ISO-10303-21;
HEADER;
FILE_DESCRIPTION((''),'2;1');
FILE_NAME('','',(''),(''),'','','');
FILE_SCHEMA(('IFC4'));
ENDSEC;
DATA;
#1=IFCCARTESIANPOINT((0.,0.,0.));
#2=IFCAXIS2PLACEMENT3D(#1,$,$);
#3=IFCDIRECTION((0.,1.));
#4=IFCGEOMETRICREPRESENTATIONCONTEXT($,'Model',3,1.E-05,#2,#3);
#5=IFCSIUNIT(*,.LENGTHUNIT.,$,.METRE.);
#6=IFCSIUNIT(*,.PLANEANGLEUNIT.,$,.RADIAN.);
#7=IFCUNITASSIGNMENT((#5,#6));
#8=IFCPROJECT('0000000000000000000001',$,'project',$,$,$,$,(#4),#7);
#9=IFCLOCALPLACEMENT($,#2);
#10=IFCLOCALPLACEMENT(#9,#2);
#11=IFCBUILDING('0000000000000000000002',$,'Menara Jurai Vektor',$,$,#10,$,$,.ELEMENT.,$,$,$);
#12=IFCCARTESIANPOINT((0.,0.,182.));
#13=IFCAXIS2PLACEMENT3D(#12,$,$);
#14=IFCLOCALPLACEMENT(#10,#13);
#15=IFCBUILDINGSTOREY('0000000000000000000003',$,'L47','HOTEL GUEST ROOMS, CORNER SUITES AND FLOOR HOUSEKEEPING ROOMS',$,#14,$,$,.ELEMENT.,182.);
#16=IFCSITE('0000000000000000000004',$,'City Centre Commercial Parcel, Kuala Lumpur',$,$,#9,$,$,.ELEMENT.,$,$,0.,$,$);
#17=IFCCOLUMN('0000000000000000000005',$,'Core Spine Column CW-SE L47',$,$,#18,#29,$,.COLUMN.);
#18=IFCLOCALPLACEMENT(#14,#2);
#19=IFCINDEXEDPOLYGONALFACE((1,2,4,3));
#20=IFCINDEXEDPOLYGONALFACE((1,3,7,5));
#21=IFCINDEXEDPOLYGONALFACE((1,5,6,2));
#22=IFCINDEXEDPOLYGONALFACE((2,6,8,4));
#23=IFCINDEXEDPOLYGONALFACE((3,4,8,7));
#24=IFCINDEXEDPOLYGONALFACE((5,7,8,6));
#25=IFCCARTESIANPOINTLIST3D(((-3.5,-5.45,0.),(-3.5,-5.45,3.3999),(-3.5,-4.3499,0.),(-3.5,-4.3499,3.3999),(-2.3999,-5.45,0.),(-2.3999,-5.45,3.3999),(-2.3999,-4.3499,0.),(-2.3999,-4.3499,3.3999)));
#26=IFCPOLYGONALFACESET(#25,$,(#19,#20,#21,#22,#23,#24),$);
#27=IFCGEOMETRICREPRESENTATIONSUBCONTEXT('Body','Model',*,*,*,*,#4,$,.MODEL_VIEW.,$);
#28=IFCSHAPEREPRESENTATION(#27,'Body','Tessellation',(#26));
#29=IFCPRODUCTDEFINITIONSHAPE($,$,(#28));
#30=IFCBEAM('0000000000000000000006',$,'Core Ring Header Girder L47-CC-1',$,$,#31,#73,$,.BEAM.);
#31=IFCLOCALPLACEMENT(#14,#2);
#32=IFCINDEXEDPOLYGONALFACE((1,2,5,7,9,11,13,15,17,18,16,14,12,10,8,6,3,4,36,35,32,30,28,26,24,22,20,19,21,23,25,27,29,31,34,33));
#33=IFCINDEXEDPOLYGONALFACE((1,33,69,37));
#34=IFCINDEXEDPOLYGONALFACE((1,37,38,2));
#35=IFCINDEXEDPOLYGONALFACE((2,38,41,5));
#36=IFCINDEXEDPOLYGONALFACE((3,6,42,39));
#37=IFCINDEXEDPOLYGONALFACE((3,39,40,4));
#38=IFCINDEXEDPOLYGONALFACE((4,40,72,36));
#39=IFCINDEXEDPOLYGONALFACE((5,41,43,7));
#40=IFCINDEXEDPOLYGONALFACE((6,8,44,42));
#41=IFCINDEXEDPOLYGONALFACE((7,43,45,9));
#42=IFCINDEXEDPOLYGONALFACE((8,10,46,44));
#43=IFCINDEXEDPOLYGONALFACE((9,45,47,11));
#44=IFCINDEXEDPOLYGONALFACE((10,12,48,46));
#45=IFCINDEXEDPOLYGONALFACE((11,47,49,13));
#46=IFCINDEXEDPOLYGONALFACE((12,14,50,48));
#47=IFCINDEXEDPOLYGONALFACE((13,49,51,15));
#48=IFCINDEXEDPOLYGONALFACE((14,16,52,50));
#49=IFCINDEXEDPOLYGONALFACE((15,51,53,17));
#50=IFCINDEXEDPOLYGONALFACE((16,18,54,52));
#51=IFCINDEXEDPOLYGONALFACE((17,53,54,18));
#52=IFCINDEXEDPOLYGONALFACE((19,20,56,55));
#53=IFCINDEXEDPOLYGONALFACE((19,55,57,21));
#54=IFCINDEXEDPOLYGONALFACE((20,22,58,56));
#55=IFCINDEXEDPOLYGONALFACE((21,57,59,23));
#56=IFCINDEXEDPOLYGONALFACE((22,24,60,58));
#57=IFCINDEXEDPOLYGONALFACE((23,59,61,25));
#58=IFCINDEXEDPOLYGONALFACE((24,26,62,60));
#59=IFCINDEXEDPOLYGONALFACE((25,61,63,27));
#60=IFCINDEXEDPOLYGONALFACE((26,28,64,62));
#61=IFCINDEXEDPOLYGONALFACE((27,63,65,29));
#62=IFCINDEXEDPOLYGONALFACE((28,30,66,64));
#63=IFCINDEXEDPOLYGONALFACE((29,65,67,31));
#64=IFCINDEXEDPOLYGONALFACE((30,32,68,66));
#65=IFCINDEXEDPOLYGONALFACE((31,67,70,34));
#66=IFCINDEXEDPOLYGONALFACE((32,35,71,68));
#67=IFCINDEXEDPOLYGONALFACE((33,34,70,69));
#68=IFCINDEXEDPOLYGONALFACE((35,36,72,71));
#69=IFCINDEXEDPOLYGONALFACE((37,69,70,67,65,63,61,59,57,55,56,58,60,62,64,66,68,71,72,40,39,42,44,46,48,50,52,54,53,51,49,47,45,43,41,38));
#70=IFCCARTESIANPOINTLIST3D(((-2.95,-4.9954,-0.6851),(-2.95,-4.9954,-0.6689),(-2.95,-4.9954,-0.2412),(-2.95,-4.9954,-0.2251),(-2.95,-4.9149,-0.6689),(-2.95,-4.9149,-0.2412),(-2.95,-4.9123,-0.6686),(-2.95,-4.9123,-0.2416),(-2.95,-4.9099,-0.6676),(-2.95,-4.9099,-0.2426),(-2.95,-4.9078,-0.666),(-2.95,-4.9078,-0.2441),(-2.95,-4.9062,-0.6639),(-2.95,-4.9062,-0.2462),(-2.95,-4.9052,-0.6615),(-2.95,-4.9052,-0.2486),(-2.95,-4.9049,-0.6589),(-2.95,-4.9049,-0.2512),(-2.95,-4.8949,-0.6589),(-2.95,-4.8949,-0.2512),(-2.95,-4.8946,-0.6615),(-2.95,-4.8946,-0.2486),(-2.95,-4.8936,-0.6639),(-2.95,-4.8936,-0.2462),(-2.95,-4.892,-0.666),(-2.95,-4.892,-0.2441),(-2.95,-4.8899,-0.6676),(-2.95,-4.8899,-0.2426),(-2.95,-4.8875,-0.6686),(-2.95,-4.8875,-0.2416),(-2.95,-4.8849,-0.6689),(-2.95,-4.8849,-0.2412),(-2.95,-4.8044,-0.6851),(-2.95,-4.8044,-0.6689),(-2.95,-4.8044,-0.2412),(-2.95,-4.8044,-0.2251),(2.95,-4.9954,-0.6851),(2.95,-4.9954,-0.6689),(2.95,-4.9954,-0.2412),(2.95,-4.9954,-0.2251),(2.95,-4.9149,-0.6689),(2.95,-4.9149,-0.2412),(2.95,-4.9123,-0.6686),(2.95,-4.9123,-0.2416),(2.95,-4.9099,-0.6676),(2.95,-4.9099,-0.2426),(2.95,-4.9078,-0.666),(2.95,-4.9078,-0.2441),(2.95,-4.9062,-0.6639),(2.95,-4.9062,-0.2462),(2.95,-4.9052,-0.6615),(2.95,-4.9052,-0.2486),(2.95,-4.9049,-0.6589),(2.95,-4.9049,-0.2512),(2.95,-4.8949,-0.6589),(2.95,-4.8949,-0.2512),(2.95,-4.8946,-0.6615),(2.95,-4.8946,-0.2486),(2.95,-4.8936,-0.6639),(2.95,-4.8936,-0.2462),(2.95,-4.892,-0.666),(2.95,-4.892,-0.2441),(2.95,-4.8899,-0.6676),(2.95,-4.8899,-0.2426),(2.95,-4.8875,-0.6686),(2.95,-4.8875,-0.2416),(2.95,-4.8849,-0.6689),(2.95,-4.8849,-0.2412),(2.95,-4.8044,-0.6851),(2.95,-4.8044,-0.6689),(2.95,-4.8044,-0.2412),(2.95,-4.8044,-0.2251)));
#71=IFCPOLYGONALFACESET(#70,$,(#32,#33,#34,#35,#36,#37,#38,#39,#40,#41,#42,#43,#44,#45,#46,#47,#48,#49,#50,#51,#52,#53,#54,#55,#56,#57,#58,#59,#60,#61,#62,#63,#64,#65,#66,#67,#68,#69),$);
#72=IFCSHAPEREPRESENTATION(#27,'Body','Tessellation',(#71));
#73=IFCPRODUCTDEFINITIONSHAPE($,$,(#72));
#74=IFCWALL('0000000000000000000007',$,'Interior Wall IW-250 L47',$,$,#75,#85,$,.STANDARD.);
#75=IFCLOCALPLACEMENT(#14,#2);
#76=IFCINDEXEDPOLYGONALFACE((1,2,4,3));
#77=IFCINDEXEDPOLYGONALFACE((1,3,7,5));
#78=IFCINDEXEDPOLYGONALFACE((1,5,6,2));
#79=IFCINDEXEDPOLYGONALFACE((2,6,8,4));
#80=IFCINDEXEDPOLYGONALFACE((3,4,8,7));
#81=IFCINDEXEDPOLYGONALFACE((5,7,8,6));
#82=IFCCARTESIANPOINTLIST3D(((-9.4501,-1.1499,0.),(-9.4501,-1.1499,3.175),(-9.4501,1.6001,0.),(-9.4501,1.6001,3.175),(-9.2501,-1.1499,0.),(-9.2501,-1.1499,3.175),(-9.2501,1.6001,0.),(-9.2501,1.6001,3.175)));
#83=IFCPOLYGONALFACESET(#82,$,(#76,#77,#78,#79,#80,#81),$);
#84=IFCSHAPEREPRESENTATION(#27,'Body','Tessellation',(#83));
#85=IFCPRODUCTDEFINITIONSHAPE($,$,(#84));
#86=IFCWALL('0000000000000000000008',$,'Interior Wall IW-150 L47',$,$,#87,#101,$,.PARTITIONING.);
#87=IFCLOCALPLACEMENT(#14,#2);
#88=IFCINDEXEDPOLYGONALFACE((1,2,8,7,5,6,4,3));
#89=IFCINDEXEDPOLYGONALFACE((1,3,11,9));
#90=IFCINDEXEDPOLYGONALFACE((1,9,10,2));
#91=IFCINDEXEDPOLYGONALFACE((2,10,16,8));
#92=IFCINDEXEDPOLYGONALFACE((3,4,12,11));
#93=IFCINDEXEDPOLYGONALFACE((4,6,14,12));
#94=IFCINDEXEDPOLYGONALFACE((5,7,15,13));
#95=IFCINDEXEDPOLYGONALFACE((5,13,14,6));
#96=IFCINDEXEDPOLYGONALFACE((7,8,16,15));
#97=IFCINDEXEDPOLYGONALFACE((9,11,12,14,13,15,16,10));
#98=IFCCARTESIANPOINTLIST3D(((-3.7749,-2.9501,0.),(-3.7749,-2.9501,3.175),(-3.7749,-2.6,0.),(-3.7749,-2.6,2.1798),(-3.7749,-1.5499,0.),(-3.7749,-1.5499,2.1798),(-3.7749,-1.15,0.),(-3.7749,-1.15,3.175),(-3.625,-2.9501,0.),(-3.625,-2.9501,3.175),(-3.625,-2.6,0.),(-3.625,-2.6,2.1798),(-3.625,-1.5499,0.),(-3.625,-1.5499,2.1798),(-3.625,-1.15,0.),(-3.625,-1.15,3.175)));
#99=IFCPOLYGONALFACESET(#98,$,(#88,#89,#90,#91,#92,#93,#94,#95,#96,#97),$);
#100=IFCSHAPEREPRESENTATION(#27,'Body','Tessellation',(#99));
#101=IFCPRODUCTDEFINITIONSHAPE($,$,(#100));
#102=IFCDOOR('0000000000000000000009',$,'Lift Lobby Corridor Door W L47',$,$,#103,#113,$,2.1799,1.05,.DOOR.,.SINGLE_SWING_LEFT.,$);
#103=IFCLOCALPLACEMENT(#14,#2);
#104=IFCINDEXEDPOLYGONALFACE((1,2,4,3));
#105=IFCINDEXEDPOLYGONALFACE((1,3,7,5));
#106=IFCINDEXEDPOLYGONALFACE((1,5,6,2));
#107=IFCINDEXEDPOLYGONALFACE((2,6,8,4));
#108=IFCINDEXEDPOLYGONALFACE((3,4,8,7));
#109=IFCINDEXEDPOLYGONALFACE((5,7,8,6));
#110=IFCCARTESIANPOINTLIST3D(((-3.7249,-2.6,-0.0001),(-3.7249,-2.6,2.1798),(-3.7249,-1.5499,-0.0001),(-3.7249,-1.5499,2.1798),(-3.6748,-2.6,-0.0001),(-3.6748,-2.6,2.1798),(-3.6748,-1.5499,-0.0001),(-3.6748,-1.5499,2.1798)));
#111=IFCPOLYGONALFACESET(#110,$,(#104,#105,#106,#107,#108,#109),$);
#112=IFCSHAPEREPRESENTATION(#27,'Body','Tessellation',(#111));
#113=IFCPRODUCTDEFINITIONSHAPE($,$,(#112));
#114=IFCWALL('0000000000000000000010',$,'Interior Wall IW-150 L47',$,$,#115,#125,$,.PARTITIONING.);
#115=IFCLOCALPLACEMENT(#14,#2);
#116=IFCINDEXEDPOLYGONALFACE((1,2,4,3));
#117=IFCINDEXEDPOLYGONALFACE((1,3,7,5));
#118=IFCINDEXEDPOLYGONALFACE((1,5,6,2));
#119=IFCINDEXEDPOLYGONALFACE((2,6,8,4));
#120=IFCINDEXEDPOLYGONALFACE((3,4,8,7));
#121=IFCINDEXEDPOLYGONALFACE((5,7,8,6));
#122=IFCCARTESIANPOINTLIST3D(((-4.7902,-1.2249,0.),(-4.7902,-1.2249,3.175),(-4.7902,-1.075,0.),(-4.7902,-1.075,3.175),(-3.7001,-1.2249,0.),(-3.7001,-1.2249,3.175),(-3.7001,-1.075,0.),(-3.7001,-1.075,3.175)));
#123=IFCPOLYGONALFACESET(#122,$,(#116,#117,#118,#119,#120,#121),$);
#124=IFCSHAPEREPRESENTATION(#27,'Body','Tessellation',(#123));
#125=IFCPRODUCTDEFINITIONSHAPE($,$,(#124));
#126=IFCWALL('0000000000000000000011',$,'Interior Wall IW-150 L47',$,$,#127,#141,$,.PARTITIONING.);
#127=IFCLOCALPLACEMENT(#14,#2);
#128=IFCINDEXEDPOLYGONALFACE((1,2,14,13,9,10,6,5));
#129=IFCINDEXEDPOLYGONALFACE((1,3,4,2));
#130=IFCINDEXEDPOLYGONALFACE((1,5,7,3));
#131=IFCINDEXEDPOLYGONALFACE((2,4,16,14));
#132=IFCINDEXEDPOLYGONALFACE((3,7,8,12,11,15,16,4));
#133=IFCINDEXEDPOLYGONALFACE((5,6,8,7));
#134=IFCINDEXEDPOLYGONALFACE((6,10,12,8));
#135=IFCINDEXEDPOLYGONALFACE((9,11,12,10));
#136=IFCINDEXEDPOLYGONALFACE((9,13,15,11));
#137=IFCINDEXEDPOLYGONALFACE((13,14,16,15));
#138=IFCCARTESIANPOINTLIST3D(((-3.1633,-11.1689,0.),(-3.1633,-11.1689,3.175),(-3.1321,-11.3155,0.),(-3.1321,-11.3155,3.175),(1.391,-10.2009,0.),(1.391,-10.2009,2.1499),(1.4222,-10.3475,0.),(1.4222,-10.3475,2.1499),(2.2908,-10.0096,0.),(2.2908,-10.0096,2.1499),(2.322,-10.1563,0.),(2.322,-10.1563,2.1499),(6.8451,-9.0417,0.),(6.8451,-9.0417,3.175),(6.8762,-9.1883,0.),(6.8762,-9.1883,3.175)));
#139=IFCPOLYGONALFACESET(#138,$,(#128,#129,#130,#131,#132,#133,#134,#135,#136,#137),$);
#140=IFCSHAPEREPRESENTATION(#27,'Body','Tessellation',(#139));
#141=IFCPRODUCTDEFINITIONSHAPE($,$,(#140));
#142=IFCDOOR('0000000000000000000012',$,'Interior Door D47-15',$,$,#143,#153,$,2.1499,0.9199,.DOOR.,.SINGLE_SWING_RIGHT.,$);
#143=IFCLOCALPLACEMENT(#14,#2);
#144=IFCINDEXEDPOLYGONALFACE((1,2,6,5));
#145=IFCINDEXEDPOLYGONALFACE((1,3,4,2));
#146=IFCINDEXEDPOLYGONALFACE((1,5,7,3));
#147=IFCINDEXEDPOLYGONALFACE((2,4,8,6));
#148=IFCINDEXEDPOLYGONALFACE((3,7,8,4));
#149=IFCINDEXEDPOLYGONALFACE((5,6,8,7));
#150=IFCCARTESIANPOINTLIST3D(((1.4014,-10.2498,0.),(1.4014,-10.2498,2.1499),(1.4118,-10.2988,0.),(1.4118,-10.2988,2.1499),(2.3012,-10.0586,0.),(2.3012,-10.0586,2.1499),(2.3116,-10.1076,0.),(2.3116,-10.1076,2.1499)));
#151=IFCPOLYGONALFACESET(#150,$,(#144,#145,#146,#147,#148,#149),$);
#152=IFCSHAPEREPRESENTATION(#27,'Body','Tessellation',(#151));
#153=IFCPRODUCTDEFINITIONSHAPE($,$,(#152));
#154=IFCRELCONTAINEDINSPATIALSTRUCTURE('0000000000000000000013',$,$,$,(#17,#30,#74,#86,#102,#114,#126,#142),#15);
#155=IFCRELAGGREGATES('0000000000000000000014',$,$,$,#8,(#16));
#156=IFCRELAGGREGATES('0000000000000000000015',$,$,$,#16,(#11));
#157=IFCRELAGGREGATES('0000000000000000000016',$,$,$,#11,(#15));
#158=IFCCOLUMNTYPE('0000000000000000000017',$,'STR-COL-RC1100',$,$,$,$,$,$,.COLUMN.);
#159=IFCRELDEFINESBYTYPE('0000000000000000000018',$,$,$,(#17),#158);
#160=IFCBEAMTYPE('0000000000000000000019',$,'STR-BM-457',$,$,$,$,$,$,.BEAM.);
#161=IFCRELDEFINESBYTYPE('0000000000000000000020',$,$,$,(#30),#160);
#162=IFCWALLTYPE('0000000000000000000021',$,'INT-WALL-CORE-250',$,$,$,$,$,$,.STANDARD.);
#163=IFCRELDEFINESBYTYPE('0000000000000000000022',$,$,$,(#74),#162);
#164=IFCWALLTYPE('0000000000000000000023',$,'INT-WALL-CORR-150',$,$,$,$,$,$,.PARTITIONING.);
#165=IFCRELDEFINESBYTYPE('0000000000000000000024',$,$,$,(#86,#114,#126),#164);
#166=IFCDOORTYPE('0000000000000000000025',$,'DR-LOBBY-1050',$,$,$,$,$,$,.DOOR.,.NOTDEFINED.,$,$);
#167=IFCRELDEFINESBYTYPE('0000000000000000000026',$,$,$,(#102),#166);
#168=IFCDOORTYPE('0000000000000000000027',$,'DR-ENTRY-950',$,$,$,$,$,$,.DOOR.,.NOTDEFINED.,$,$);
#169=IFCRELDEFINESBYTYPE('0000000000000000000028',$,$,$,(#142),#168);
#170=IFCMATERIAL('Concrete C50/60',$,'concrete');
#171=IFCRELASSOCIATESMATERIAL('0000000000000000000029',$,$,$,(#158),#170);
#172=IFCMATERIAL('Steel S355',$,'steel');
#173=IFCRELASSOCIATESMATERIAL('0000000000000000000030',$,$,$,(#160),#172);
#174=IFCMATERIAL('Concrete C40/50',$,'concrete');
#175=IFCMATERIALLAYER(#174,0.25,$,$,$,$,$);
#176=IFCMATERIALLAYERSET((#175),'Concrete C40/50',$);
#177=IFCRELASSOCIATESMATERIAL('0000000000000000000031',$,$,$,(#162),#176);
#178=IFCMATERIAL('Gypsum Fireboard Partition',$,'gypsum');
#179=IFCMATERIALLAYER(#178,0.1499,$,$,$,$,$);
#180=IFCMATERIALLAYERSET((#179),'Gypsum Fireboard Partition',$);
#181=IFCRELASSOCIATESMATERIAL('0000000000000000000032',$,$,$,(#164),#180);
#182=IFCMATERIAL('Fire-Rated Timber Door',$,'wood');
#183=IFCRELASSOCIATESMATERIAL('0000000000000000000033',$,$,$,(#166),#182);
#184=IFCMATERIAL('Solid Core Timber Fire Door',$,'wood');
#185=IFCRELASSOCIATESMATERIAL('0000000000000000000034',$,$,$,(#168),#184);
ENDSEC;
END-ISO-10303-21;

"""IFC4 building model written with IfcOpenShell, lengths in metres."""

from ifc_helpers import new_model, si_unit, direction, frame, frame_2d, origin, origin_2d, place, context, subcontext, project, spatial, rectangle, i_section, extrude, material, layer, layer_set, material_profile, profile_set, type_object, element, fill, save


model = new_model("IFC4")

# Units and contexts
model_context = context("Model", 3, precision=1e-05, world=origin(), true_north=direction((0.0, 1.0)))
body_context = subcontext(model_context, "Body", "Model", "MODEL_VIEW")
ifc_project = project(units=[si_unit("LENGTHUNIT", "METRE"), si_unit("PLANEANGLEUNIT", "RADIAN")], contexts=[model_context])

# Site, building, storey
site_placement = place(None, origin())
site = spatial("IfcSite", under=ifc_project, at=site_placement, Name="City Centre Commercial Parcel, Kuala Lumpur", CompositionType="ELEMENT", RefElevation=0.0)
building_placement = place(site_placement, origin())
building = spatial("IfcBuilding", under=site, at=building_placement, Name="Menara Jurai Vektor", CompositionType="ELEMENT")
storey_placement = place(building_placement, frame((0.0, 0.0, 182.0)))
storey = spatial("IfcBuildingStorey", under=building, at=storey_placement, Name="L47", Description="HOTEL GUEST ROOMS, CORNER SUITES AND FLOOR HOUSEKEEPING ROOMS", CompositionType="ELEMENT", Elevation=182.0)

# Column
ifc_material_1 = material(Name="Concrete C50/60", Category="concrete")
ifc_material_profile_1 = material_profile(ifc_material_1, rectangle(XDim=1.1001, YDim=1.1001, at=origin_2d()), Name="RC 1100x1100")
ifc_profile_set_1 = profile_set([ifc_material_profile_1], Name="Concrete C50/60")
column_type = type_object("IfcColumnType", Name="STR-COL-RC1100", PredefinedType="COLUMN", material=ifc_profile_set_1)
column_placement = place(storey_placement, frame((-2.95, -4.8999, 0.0), z_axis=(0.0, 0.0, 1.0), x_axis=(1.0, 0.0, 0.0)))
element("IfcColumn", 1, at=column_placement, inside=storey, type_object=column_type, Name="Core Spine Column CW-SE L47", PredefinedType="COLUMN", context=body_context, shape_type="SweptSolid", body=[
    extrude(rectangle(XDim=1.1001, YDim=1.1001, at=origin_2d()), origin(), (0.0, 0.0, 1.0), 3.3999),
])

# Beam
ifc_material_2 = material(Name="Steel S355", Category="steel")
ifc_material_profile_2 = material_profile(ifc_material_2, i_section(OverallWidth=0.1909, OverallDepth=0.46, WebThickness=0.01, FlangeThickness=0.0161, FilletRadius=0.01, at=origin_2d()), Name="UKB 457x191x82")
ifc_profile_set_2 = profile_set([ifc_material_profile_2], Name="Steel S355")
beam_type = type_object("IfcBeamType", Name="STR-BM-457", PredefinedType="BEAM", material=ifc_profile_set_2)
beam_placement = place(storey_placement, frame((-2.95, -4.8999, -0.4551), z_axis=(1.0, 0.0, 0.0), x_axis=(0.0, 1.0, 0.0)))
element("IfcBeam", 2, at=beam_placement, inside=storey, type_object=beam_type, Name="Core Ring Header Girder L47-CC-1", PredefinedType="BEAM", context=body_context, shape_type="SweptSolid", body=[
    extrude(i_section(OverallWidth=0.1909, OverallDepth=0.46, WebThickness=0.01, FlangeThickness=0.0161, FilletRadius=0.01, at=origin_2d()), origin(), (0.0, 0.0, 1.0), 5.8999),
])

# Wall
ifc_material_3 = material(Name="Concrete C40/50", Category="concrete")
ifc_layer_1 = layer(ifc_material_3, 0.25)
ifc_layer_set_1 = layer_set([ifc_layer_1], Name="Concrete C40/50")
wall_type_1 = type_object("IfcWallType", Name="INT-WALL-CORE-250", PredefinedType="STANDARD", material=ifc_layer_set_1)
wall_1_placement = place(storey_placement, frame((-9.3501, -1.1499, 0.0), z_axis=(0.0, 0.0, 1.0), x_axis=(0.0, 1.0, 0.0)))
element("IfcWall", 3, at=wall_1_placement, inside=storey, type_object=wall_type_1, Name="Interior Wall IW-250 L47", PredefinedType="STANDARD", context=body_context, shape_type="SweptSolid", body=[
    extrude(rectangle(XDim=2.75, YDim=0.2, at=frame_2d((1.375, 0.0))), origin(), (0.0, 0.0, 1.0), 3.175),
])

# Wall, opening, door
ifc_material_4 = material(Name="Gypsum Fireboard Partition", Category="gypsum")
ifc_layer_2 = layer(ifc_material_4, 0.1499)
ifc_layer_set_2 = layer_set([ifc_layer_2], Name="Gypsum Fireboard Partition")
wall_type_2 = type_object("IfcWallType", Name="INT-WALL-CORR-150", PredefinedType="PARTITIONING", material=ifc_layer_set_2)
wall_2_placement = place(storey_placement, frame((-3.7, -2.95, 0.0), z_axis=(0.0, 0.0, 1.0), x_axis=(0.0, 1.0, 0.0)))
wall_2 = element("IfcWall", 4, at=wall_2_placement, inside=storey, type_object=wall_type_2, Name="Interior Wall IW-150 L47", PredefinedType="PARTITIONING", context=body_context, shape_type="SweptSolid", body=[
    extrude(rectangle(XDim=1.8, YDim=0.1499, at=frame_2d((0.8999, 0.0))), origin(), (0.0, 0.0, 1.0), 3.175),
])
opening_1_placement = place(wall_2_placement, frame((0.3501, 0.0, 0.0)))
opening_1 = element("IfcOpeningElement", 5, at=opening_1_placement, cuts=wall_2, PredefinedType="OPENING", context=body_context, shape_type="SweptSolid", body=[
    extrude(rectangle(XDim=1.05, YDim=2.1799, at=frame_2d((0.5249, 1.0898))), frame((0.0, 0.085, 0.0), z_axis=(0.0, -1.0, 0.0), x_axis=(1.0, 0.0, 0.0)), (0.0, 0.0, 1.0), 0.1699),
])
ifc_material_5 = material(Name="Fire-Rated Timber Door", Category="wood")
door_type_1 = type_object("IfcDoorType", Name="DR-LOBBY-1050", OperationType="NOTDEFINED", PredefinedType="DOOR", material=ifc_material_5)
door_1_placement = place(opening_1_placement, origin())
door_1 = element("IfcDoor", 6, at=door_1_placement, inside=storey, type_object=door_type_1, Name="Lift Lobby Corridor Door W L47", OperationType="SINGLE_SWING_LEFT", OverallHeight=2.1799, OverallWidth=1.05, PredefinedType="DOOR", context=body_context, shape_type="SweptSolid", body=[
    extrude(rectangle(XDim=1.05, YDim=2.1799, at=frame_2d((0.5249, 1.0898))), frame((0.0, 0.0249, 0.0), z_axis=(0.0, -1.0, 0.0), x_axis=(1.0, 0.0, 0.0)), (0.0, 0.0, 1.0), 0.05),
])
fill(opening_1, door_1)

# Wall
wall_3_placement = place(storey_placement, frame((-4.79, -1.1499, 0.0), z_axis=(0.0, 0.0, 1.0), x_axis=(1.0, 0.0, 0.0)))
element("IfcWall", 7, at=wall_3_placement, inside=storey, type_object=wall_type_2, Name="Interior Wall IW-150 L47", PredefinedType="PARTITIONING", context=body_context, shape_type="SweptSolid", body=[
    extrude(rectangle(XDim=1.0901, YDim=0.1499, at=frame_2d((0.5449, 0.0))), origin(), (0.0, 0.0, 1.0), 3.175),
])

# Wall, opening, door
wall_4_placement = place(storey_placement, frame((-3.1477, -11.2422, 0.0), z_axis=(0.0, 0.0, 1.0), x_axis=(0.97815, 0.207899, 0.0)))
wall_4 = element("IfcWall", 8, at=wall_4_placement, inside=storey, type_object=wall_type_2, Name="Interior Wall IW-150 L47", PredefinedType="PARTITIONING", context=body_context, shape_type="SweptSolid", body=[
    extrude(rectangle(XDim=10.2319, YDim=0.1499, at=frame_2d((5.116, 0.0))), origin(), (0.0, 0.0, 1.0), 3.175),
])
opening_2_placement = place(wall_4_placement, frame((4.656, 0.0, 0.0)))
opening_2 = element("IfcOpeningElement", 9, at=opening_2_placement, cuts=wall_4, PredefinedType="OPENING", context=body_context, shape_type="SweptSolid", body=[
    extrude(rectangle(XDim=0.9199, YDim=2.1499, at=frame_2d((0.46, 1.075))), frame((0.0, 0.085, 0.0), z_axis=(0.0, -1.0, 0.0), x_axis=(1.0, 0.0, 0.0)), (0.0, 0.0, 1.0), 0.1699),
])
ifc_material_6 = material(Name="Solid Core Timber Fire Door", Category="wood")
door_type_2 = type_object("IfcDoorType", Name="DR-ENTRY-950", OperationType="NOTDEFINED", PredefinedType="DOOR", material=ifc_material_6)
door_2_placement = place(opening_2_placement, origin())
door_2 = element("IfcDoor", 10, at=door_2_placement, inside=storey, type_object=door_type_2, Name="Interior Door D47-15", OperationType="SINGLE_SWING_RIGHT", OverallHeight=2.1499, OverallWidth=0.9199, PredefinedType="DOOR", context=body_context, shape_type="SweptSolid", body=[
    extrude(rectangle(XDim=0.9199, YDim=2.1499, at=frame_2d((0.46, 1.075))), frame((0.0, 0.0249, 0.0), z_axis=(0.0, -1.0, 0.0), x_axis=(1.0, 0.0, 0.0)), (0.0, 0.0, 1.0), 0.05),
])
fill(opening_2, door_2)

save(model, "model.ifc")
